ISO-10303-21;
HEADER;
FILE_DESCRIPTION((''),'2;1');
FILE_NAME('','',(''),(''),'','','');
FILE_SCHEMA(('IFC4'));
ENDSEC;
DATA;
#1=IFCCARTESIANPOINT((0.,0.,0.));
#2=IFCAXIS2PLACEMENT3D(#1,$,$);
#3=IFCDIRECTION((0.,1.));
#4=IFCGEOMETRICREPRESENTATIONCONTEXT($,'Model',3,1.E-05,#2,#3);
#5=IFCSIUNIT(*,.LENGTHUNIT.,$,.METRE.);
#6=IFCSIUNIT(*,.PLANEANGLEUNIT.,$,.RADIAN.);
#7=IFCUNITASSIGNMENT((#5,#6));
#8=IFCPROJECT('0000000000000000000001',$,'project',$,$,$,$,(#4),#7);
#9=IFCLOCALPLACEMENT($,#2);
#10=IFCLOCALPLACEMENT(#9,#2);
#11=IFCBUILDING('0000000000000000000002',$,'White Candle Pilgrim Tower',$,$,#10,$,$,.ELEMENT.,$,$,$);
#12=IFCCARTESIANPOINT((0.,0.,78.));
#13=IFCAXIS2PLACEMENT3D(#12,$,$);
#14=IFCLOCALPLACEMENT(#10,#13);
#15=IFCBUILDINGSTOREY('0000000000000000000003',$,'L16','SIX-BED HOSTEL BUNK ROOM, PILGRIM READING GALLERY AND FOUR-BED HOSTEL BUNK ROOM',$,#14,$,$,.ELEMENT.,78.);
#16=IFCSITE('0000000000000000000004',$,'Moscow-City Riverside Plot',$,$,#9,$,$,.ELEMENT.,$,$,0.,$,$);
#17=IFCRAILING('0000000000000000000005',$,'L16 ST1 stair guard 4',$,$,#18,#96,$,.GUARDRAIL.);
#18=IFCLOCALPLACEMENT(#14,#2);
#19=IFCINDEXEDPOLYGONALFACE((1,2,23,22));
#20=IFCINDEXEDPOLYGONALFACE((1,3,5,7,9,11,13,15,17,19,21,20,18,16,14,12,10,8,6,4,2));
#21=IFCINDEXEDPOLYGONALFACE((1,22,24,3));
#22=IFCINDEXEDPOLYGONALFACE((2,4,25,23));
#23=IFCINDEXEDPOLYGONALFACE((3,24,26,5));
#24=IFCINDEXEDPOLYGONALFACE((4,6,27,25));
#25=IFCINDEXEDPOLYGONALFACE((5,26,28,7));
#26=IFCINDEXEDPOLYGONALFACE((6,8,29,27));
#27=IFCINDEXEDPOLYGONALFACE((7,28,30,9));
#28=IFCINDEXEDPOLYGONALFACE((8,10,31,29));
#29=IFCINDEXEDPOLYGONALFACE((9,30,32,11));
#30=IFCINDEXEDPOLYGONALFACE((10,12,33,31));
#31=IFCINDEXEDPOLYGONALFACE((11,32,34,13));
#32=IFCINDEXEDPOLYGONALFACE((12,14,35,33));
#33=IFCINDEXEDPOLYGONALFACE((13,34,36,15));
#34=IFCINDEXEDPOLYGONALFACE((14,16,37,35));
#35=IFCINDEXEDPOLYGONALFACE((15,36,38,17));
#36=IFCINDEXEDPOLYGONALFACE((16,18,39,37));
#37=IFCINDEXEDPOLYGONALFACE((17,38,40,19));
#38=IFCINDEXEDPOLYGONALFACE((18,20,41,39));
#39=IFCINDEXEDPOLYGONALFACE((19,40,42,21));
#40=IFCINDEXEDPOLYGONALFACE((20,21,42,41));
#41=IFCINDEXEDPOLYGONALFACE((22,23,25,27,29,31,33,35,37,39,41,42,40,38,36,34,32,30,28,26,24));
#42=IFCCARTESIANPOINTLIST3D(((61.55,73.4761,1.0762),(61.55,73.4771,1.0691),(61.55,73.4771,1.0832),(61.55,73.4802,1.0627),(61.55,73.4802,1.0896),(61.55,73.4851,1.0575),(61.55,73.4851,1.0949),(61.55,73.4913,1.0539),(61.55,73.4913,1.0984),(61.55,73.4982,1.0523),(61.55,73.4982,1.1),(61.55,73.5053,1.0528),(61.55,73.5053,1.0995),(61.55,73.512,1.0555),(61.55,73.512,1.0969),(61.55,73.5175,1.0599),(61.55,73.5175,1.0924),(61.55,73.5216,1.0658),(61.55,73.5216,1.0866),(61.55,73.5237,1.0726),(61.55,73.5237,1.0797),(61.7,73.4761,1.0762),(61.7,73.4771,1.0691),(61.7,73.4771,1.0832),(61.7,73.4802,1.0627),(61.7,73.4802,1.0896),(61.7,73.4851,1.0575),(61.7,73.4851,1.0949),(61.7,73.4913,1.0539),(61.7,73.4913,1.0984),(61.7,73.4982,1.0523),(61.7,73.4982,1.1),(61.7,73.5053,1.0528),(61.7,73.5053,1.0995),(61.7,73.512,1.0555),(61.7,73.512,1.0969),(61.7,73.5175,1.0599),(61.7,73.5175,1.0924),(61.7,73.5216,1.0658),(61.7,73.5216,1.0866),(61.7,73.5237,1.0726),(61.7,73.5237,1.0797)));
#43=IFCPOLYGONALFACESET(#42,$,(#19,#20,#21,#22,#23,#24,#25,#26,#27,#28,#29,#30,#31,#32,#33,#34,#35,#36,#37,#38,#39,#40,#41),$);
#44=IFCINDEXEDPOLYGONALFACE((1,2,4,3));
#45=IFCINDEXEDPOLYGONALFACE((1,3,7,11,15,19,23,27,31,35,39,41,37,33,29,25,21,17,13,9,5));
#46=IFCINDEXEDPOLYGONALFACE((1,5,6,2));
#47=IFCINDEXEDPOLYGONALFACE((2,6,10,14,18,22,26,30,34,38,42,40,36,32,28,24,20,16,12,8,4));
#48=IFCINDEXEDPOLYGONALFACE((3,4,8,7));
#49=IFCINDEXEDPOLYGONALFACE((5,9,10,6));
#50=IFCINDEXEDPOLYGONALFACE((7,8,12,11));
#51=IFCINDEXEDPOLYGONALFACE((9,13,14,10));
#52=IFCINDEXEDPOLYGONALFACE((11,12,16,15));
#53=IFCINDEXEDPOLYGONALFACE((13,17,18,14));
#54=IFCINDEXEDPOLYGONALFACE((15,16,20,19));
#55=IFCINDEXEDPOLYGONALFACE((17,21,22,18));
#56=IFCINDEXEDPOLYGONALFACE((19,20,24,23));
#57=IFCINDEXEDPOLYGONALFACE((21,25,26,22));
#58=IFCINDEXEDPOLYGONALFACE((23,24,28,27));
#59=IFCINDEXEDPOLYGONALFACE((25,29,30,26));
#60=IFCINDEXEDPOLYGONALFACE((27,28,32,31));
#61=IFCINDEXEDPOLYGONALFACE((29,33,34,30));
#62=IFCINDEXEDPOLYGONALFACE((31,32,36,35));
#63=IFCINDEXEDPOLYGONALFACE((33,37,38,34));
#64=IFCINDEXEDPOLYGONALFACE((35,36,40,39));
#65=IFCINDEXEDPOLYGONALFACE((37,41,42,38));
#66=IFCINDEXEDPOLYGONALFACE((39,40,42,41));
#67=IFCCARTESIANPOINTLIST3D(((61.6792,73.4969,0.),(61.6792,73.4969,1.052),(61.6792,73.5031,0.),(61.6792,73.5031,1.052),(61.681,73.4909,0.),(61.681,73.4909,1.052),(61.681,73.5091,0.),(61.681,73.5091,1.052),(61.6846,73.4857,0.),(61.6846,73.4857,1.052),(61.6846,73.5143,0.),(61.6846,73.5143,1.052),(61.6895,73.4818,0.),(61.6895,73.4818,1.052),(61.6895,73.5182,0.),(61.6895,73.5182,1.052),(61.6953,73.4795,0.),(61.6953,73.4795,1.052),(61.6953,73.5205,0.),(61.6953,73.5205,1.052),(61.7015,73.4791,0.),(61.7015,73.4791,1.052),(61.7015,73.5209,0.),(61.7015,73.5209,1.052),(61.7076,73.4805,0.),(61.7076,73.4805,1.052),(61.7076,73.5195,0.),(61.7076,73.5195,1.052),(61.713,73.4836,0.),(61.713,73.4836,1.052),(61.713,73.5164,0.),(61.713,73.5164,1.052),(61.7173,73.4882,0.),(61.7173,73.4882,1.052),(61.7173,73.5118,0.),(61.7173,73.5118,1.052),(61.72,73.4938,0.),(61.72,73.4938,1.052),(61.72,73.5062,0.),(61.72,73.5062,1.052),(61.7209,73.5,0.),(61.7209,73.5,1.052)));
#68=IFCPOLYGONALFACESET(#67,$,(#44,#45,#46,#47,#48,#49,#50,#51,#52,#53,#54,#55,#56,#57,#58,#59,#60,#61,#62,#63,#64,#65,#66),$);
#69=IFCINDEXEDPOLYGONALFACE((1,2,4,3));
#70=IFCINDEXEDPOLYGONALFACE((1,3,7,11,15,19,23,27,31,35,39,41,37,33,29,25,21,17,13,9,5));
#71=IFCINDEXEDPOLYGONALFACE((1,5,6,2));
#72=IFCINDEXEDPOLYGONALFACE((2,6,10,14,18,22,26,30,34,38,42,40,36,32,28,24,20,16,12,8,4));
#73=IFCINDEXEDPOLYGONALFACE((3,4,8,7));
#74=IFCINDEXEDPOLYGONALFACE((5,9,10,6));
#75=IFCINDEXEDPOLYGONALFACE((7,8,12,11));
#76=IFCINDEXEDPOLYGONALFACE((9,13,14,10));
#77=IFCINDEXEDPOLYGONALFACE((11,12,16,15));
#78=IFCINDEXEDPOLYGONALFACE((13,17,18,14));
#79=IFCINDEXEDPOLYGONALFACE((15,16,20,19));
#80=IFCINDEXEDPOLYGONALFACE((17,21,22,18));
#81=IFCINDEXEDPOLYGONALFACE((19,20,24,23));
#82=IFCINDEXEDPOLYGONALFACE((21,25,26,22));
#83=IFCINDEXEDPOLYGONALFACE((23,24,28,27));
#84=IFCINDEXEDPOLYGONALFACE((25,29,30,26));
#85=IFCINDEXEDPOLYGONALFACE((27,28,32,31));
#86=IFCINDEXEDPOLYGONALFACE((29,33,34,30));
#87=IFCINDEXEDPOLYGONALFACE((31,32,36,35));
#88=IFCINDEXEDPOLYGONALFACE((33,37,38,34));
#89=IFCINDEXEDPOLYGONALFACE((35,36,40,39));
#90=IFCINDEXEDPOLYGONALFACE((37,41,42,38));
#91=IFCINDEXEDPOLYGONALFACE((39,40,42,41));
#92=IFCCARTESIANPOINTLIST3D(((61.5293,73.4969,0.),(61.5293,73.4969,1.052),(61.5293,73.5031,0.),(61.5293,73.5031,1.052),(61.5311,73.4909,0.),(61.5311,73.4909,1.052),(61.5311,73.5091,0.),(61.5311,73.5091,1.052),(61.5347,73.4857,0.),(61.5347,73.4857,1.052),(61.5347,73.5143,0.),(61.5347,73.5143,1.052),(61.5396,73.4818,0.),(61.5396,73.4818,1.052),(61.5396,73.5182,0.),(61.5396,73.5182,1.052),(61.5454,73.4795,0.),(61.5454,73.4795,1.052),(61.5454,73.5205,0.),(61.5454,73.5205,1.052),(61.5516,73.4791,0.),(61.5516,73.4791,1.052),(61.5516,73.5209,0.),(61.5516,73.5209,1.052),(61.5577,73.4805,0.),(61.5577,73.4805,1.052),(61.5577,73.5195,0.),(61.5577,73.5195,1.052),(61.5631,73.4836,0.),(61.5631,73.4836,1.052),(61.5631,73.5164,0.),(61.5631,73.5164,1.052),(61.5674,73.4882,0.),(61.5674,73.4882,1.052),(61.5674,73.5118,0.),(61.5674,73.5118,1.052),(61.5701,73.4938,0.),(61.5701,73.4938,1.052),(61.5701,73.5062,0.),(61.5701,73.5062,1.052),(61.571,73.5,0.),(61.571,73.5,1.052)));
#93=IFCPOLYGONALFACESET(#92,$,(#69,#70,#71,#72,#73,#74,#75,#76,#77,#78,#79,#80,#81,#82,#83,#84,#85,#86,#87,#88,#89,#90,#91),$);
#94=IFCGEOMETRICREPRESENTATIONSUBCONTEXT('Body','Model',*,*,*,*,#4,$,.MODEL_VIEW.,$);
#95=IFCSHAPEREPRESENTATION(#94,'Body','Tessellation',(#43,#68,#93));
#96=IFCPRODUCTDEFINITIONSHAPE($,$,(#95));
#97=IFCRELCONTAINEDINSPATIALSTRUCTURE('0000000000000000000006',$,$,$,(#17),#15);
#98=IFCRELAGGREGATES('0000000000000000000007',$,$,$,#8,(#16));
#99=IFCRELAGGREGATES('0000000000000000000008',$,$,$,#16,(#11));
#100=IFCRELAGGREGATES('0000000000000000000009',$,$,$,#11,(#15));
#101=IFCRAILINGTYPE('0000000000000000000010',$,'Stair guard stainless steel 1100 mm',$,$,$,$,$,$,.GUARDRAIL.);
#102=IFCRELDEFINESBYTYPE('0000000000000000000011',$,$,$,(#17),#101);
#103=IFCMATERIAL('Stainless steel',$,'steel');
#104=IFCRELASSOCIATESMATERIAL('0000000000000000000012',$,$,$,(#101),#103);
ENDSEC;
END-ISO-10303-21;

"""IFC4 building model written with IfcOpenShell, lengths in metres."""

from ifc_helpers import new_model, si_unit, direction, frame, origin, origin_2d, place, context, subcontext, project, spatial, circle, extrude, material, type_object, element, save


model = new_model("IFC4")

# Units and contexts
model_context = context("Model", 3, precision=1e-05, world=origin(), true_north=direction((0.0, 1.0)))
body_context = subcontext(model_context, "Body", "Model", "MODEL_VIEW")
ifc_project = project(units=[si_unit("LENGTHUNIT", "METRE"), si_unit("PLANEANGLEUNIT", "RADIAN")], contexts=[model_context])

# Site, building, storey
site_placement = place(None, origin())
site = spatial("IfcSite", under=ifc_project, at=site_placement, Name="Moscow-City Riverside Plot", CompositionType="ELEMENT", RefElevation=0.0)
building_placement = place(site_placement, origin())
building = spatial("IfcBuilding", under=site, at=building_placement, Name="White Candle Pilgrim Tower", CompositionType="ELEMENT")
storey_placement = place(building_placement, frame((0.0, 0.0, 78.0)))
storey = spatial("IfcBuildingStorey", under=building, at=storey_placement, Name="L16", Description="SIX-BED HOSTEL BUNK ROOM, PILGRIM READING GALLERY AND FOUR-BED HOSTEL BUNK ROOM", CompositionType="ELEMENT", Elevation=78.0)

# Railing
ifc_material_1 = material(Name="Stainless steel", Category="steel")
railing_type_1 = type_object("IfcRailingType", Name="Stair guard stainless steel 1100 mm", PredefinedType="GUARDRAIL", material=ifc_material_1)
railing_1_placement = place(storey_placement, frame((61.7, 73.5, 0.0)))
element("IfcRailing", 1, at=railing_1_placement, inside=storey, type_object=railing_type_1, Name="L16 ST1 stair guard 4", PredefinedType="GUARDRAIL", context=body_context, shape_type="SweptSolid", body=[
    extrude(circle(Radius=0.0239, at=origin_2d()), frame((0.0, 0.0, 1.0762), z_axis=(-1.0, 0.0, 0.0), x_axis=(0.0, -1.0, 0.0)), (0.0, 0.0, 1.0), 0.1499),
    extrude(circle(Radius=0.021, at=origin_2d()), origin(), (0.0, 0.0, 1.0), 1.052),
    extrude(circle(Radius=0.021, at=origin_2d()), frame((-0.1499, 0.0, 0.0)), (0.0, 0.0, 1.0), 1.052),
])

save(model, "model.ifc")
